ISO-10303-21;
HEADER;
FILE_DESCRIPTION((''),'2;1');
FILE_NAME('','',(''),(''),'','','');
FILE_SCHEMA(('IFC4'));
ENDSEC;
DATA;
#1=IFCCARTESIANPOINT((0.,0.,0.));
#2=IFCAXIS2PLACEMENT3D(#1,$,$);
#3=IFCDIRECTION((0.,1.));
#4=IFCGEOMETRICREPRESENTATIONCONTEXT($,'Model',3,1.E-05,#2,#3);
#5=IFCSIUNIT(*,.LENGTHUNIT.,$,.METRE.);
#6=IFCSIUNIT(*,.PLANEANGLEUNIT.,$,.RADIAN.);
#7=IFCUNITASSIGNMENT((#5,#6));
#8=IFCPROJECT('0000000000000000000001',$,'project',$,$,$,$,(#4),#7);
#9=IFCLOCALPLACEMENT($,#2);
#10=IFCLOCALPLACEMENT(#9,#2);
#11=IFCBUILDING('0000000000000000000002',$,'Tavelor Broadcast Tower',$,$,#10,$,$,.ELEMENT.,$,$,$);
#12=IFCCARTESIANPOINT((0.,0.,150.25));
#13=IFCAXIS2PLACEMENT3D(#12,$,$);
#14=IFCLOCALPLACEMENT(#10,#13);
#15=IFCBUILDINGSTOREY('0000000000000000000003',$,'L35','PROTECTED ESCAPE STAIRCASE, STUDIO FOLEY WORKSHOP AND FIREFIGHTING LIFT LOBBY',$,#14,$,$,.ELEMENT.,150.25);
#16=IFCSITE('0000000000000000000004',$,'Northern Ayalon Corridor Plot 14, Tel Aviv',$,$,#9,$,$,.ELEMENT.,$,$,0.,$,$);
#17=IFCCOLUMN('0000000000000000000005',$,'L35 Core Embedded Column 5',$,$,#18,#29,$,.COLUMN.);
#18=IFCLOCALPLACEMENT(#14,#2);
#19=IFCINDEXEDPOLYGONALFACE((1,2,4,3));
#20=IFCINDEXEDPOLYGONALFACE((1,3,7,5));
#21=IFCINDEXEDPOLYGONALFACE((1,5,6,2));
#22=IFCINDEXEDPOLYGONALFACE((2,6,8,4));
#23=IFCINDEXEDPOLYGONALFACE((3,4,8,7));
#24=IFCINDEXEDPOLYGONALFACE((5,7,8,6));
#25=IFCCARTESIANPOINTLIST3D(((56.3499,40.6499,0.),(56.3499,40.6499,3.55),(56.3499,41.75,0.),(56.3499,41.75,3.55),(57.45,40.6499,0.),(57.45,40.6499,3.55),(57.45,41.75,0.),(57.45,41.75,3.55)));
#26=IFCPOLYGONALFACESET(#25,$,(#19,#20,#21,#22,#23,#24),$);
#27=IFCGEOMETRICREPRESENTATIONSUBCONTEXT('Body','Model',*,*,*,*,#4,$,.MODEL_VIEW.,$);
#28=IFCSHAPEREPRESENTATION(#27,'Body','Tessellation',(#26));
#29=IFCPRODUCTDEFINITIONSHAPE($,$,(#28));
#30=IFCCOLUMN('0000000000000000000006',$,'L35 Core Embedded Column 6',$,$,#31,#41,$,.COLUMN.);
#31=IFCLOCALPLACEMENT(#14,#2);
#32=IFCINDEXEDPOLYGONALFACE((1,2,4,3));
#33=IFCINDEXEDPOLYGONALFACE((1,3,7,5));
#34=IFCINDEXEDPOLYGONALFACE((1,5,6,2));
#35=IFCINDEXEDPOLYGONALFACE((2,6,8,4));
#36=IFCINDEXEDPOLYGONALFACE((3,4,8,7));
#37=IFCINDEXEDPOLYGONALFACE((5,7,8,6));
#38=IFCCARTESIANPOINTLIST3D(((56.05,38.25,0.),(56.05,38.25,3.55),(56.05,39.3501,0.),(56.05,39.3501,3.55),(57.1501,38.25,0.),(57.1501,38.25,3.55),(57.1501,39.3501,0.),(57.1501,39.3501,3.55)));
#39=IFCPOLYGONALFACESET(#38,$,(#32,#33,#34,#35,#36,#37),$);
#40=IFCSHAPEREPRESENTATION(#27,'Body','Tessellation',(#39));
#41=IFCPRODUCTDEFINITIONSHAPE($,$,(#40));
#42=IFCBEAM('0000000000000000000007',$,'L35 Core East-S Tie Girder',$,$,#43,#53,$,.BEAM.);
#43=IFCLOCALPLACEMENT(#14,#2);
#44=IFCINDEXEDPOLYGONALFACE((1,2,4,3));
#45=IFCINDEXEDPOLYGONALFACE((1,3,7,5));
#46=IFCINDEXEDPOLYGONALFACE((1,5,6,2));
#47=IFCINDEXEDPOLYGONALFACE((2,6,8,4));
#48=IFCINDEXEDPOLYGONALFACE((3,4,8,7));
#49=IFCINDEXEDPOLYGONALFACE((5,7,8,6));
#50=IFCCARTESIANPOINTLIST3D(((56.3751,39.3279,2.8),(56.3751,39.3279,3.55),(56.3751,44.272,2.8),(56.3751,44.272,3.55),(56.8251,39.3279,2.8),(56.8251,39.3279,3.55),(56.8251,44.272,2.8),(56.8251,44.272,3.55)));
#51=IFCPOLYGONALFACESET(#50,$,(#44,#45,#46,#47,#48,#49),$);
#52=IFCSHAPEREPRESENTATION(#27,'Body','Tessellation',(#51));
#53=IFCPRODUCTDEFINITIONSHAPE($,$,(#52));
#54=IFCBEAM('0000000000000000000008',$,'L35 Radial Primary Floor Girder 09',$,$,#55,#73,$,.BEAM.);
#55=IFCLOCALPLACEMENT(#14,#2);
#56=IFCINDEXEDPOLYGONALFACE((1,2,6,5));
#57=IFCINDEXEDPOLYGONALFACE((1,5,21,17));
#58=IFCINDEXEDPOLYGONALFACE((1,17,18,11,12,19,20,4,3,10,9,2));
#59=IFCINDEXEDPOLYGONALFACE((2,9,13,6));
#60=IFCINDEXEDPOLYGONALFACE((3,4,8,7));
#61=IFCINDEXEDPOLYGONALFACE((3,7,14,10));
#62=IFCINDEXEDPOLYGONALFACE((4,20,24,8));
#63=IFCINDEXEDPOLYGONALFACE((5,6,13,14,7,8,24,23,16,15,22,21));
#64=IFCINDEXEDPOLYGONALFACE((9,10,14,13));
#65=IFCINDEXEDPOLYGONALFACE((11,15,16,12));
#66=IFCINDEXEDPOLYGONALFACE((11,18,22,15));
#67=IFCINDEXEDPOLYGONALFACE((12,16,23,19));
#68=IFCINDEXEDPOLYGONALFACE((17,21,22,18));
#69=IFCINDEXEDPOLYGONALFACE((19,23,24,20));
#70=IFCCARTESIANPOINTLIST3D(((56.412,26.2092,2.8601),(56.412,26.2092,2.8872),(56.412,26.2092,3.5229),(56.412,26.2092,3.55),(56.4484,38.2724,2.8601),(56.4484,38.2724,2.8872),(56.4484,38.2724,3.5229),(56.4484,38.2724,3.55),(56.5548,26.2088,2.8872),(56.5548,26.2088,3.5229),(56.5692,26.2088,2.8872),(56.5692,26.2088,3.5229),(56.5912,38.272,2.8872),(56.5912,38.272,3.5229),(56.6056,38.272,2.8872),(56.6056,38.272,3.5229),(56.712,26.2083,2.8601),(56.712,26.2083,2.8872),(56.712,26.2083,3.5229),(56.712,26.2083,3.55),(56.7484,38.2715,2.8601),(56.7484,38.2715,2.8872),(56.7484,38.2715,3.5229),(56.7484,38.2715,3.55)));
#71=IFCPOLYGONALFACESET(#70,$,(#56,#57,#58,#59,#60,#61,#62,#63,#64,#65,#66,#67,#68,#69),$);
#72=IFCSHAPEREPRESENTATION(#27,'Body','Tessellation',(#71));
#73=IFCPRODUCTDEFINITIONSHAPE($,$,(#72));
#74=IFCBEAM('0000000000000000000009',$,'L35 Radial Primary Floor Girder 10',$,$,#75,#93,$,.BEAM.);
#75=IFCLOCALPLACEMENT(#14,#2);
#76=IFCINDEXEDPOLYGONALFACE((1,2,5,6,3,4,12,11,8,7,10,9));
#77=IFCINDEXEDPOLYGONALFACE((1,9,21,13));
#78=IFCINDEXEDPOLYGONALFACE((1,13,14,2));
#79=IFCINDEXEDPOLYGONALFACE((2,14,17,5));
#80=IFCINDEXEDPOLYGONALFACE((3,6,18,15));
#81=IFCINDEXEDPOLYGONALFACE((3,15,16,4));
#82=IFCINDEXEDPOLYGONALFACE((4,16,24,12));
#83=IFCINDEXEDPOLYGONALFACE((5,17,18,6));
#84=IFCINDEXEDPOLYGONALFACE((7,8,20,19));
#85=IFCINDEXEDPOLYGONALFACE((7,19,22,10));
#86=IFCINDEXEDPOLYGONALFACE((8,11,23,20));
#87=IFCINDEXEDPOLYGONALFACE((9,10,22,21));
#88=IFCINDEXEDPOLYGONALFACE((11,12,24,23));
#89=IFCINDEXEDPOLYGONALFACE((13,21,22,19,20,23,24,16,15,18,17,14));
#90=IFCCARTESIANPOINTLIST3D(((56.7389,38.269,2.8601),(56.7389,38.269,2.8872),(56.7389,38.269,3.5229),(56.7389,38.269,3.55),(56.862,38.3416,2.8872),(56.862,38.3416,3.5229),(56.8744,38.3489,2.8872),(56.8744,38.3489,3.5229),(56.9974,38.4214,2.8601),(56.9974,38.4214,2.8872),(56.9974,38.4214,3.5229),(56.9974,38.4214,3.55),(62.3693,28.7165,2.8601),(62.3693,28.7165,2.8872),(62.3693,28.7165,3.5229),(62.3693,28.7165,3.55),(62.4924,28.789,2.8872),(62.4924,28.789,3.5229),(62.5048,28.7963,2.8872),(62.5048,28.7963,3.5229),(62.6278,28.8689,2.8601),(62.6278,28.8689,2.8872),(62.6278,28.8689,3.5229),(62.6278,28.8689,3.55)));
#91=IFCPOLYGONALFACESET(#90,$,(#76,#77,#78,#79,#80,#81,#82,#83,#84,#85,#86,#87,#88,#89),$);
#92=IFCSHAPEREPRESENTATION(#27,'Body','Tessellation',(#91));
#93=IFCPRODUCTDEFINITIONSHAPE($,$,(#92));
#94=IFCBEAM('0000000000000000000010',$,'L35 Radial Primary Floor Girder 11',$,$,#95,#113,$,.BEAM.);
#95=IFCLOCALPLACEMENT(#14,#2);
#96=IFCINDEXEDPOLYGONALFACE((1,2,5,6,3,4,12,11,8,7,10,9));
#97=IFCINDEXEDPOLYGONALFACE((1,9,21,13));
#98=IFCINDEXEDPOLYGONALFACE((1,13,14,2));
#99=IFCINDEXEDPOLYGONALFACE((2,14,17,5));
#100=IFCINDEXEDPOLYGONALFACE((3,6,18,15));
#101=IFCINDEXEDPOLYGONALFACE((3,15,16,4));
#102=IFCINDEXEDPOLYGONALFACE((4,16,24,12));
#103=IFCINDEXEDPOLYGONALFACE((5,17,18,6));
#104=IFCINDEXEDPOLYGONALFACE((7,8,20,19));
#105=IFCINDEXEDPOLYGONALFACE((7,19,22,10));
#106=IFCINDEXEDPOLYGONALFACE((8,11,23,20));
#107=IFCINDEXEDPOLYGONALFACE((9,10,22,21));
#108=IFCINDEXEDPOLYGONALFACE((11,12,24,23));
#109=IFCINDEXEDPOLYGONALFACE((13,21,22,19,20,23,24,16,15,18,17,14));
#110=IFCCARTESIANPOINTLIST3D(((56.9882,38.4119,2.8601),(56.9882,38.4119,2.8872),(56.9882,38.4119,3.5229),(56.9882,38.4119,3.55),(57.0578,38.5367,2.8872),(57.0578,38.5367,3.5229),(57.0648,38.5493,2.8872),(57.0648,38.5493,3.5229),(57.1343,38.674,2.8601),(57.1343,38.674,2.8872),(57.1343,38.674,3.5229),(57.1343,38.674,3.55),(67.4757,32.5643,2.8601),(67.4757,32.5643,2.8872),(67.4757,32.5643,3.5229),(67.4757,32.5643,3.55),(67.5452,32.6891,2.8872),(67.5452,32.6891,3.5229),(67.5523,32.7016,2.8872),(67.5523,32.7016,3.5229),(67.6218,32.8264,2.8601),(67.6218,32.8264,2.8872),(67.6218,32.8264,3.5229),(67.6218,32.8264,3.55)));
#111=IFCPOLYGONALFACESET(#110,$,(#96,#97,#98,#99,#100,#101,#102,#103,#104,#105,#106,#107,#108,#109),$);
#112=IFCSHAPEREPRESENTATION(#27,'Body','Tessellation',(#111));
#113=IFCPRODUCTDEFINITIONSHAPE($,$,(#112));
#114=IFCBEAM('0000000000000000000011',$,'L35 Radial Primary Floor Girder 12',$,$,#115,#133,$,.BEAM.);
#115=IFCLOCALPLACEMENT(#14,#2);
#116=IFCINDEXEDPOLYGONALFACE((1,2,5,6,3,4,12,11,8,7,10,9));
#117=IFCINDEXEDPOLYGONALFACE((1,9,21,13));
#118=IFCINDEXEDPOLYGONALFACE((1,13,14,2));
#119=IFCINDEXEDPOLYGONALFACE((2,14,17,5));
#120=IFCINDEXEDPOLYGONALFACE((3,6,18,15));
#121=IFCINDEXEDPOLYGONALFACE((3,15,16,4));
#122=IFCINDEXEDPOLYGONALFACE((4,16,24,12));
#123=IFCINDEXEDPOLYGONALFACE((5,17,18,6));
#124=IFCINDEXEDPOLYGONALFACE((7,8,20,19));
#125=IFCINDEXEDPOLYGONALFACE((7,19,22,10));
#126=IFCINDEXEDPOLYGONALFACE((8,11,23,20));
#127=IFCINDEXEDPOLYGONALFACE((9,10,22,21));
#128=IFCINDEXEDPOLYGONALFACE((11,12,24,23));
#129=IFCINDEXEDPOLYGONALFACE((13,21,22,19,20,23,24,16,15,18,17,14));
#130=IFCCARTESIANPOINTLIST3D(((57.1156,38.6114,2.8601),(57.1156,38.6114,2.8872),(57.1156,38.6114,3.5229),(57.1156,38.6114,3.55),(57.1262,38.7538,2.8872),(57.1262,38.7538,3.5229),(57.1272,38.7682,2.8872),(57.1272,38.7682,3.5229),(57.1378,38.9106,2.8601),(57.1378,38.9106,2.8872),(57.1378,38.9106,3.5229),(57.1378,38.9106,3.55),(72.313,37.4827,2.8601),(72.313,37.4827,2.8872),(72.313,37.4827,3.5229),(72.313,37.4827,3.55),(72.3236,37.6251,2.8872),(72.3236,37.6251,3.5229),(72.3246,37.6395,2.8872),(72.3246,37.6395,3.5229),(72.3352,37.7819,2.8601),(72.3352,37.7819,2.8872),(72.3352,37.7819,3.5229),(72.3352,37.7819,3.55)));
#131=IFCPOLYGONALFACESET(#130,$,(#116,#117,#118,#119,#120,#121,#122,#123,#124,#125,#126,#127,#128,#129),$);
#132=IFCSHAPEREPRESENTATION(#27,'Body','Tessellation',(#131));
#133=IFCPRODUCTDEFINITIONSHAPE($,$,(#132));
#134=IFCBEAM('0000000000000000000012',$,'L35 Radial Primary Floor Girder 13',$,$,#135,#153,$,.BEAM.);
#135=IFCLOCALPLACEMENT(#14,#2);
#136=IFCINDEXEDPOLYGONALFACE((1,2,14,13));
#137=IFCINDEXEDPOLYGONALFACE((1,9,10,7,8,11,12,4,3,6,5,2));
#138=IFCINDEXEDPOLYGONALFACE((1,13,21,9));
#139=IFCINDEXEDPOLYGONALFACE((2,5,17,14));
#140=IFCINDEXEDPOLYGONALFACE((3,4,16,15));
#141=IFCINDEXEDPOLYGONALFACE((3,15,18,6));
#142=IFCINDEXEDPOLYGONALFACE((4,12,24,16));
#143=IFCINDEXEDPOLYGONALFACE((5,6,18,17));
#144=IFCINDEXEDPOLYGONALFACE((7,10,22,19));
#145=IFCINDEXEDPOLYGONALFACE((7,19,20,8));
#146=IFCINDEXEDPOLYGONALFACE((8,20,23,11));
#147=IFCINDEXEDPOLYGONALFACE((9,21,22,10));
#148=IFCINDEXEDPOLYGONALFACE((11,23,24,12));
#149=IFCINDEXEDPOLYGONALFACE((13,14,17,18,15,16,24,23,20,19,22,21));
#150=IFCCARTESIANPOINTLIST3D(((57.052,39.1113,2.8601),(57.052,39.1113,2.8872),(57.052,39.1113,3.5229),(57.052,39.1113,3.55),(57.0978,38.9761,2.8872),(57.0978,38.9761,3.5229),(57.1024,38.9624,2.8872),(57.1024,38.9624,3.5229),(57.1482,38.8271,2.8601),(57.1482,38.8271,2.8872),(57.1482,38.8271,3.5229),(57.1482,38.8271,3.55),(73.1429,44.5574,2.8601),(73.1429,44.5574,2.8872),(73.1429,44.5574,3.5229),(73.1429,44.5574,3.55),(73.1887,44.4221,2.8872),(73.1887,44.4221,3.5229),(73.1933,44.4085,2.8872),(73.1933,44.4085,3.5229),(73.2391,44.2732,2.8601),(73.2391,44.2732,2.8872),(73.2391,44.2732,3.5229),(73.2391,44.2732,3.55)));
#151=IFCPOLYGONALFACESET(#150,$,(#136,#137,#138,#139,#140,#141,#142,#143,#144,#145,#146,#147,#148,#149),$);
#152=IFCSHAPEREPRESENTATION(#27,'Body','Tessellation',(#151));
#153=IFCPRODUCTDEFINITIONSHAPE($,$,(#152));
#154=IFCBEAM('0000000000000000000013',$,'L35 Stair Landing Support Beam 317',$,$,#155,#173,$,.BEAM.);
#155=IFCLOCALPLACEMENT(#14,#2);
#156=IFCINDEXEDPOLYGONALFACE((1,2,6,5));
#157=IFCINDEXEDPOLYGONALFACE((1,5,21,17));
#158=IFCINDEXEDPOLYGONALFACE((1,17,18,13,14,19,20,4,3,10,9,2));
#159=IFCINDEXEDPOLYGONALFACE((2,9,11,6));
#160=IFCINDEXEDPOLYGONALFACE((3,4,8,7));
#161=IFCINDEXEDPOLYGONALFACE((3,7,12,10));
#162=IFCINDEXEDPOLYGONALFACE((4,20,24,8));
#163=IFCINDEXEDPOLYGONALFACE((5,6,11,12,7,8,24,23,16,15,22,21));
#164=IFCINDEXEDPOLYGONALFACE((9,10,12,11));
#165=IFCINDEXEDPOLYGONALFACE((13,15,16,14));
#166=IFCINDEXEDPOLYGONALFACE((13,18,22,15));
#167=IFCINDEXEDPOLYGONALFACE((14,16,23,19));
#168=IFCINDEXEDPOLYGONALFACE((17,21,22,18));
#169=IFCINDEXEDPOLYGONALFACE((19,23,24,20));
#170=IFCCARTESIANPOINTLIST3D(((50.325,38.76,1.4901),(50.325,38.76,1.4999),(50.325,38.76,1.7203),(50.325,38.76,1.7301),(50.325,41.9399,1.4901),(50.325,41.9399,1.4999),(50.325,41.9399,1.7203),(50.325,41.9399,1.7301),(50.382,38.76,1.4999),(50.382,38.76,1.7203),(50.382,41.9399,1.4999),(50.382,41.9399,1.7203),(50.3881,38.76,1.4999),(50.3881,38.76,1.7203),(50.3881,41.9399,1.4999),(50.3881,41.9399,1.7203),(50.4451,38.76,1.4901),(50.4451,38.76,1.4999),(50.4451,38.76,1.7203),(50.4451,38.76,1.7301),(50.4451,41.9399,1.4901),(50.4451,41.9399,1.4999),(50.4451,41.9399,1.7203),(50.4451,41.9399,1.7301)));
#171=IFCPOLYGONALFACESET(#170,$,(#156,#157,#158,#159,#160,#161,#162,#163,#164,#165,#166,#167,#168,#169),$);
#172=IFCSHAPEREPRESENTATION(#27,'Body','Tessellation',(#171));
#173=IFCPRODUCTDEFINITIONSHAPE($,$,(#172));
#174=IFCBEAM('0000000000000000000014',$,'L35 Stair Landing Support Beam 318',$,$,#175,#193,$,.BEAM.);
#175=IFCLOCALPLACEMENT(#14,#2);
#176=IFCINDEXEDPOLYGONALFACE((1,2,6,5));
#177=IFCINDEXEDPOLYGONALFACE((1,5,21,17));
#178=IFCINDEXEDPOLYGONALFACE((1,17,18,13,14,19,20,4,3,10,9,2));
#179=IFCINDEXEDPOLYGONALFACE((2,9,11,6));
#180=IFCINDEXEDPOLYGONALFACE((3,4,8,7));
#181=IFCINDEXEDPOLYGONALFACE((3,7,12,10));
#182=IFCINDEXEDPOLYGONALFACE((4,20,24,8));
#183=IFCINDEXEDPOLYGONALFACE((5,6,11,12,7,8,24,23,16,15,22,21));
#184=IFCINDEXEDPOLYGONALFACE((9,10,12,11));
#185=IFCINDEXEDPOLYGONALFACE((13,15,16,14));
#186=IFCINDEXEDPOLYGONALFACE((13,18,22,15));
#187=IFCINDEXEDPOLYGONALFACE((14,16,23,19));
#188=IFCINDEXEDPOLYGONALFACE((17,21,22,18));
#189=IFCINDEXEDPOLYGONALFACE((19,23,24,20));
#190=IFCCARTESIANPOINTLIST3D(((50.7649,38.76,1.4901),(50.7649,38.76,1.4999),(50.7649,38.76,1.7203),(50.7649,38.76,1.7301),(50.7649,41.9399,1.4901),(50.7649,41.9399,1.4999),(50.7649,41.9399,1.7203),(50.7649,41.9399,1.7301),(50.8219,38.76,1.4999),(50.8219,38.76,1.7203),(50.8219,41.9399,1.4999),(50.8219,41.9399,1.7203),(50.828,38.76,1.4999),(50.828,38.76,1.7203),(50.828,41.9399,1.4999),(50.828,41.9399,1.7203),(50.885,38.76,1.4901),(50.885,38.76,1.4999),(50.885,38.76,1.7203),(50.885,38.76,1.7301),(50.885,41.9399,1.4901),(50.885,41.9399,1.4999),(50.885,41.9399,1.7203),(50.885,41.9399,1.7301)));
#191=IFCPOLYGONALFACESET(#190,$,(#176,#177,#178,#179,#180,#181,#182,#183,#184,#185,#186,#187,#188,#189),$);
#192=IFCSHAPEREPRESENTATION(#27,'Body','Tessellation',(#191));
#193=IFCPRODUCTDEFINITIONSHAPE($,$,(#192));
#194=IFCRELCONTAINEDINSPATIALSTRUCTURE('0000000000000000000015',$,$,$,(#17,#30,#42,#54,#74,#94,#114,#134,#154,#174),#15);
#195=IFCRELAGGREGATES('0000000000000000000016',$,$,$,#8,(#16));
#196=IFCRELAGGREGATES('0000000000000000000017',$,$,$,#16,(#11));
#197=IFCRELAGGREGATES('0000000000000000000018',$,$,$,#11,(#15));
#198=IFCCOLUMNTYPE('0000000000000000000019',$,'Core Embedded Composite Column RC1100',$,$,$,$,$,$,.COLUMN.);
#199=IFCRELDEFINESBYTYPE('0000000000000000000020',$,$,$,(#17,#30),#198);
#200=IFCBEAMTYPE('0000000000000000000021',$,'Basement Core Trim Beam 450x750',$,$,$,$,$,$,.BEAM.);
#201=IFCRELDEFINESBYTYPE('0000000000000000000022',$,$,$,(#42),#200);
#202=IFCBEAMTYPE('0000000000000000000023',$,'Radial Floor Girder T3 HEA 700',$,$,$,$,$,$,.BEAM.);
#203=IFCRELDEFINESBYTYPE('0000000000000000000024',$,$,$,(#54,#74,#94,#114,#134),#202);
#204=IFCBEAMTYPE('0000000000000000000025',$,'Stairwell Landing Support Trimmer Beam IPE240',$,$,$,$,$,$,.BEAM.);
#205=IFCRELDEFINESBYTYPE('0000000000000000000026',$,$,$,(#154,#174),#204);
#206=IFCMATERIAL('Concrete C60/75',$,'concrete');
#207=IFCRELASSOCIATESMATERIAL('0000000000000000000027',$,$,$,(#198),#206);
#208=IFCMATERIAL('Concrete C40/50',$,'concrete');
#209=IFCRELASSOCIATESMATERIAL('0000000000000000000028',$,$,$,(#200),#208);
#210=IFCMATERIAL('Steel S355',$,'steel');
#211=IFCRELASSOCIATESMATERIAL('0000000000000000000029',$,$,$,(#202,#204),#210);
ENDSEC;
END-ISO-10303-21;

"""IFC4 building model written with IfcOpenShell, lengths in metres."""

from ifc_helpers import new_model, si_unit, direction, frame, origin, origin_2d, place, context, subcontext, project, spatial, rectangle, i_section, extrude, material, material_profile, profile_set, type_object, element, save


model = new_model("IFC4")

# Units and contexts
model_context = context("Model", 3, precision=1e-05, world=origin(), true_north=direction((0.0, 1.0)))
body_context = subcontext(model_context, "Body", "Model", "MODEL_VIEW")
ifc_project = project(units=[si_unit("LENGTHUNIT", "METRE"), si_unit("PLANEANGLEUNIT", "RADIAN")], contexts=[model_context])

# Site, building, storey
site_placement = place(None, origin())
site = spatial("IfcSite", under=ifc_project, at=site_placement, Name="Northern Ayalon Corridor Plot 14, Tel Aviv", CompositionType="ELEMENT", RefElevation=0.0)
building_placement = place(site_placement, origin())
building = spatial("IfcBuilding", under=site, at=building_placement, Name="Tavelor Broadcast Tower", CompositionType="ELEMENT")
storey_placement = place(building_placement, frame((0.0, 0.0, 150.25)))
storey = spatial("IfcBuildingStorey", under=building, at=storey_placement, Name="L35", Description="PROTECTED ESCAPE STAIRCASE, STUDIO FOLEY WORKSHOP AND FIREFIGHTING LIFT LOBBY", CompositionType="ELEMENT", Elevation=150.25)

# Columns
ifc_material_1 = material(Name="Concrete C60/75", Category="concrete")
ifc_material_profile_1 = material_profile(ifc_material_1, rectangle(XDim=1.1001, YDim=1.1001, at=origin_2d()), Name="RC 1100x1100")
ifc_profile_set_1 = profile_set([ifc_material_profile_1], Name="Concrete C60/75")
column_type = type_object("IfcColumnType", Name="Core Embedded Composite Column RC1100", PredefinedType="COLUMN", material=ifc_profile_set_1)
for number, where, z_axis, x_axis, name in (
    (1, (56.8999, 41.2, 0.0), (0.0, 0.0, 1.0), (1.0, 0.0, 0.0), "L35 Core Embedded Column 5"),
    (2, (56.6001, 38.8, 0.0), (0.0, 0.0, 1.0), (1.0, 0.0, 0.0), "L35 Core Embedded Column 6"),
):
    element("IfcColumn", number, at=place(storey_placement, frame(where, z_axis=z_axis, x_axis=x_axis)), inside=storey, type_object=column_type, Name=name, PredefinedType="COLUMN", context=body_context, shape_type="SweptSolid", body=[
        extrude(rectangle(XDim=1.1001, YDim=1.1001, at=origin_2d()), origin(), (0.0, 0.0, 1.0), 3.55),
    ])

# Beams
ifc_material_2 = material(Name="Concrete C40/50", Category="concrete")
ifc_material_profile_2 = material_profile(ifc_material_2, rectangle(XDim=0.45, YDim=0.75, at=origin_2d()), Name="RC 450x750")
ifc_profile_set_2 = profile_set([ifc_material_profile_2], Name="Concrete C40/50")
beam_type_1 = type_object("IfcBeamType", Name="Basement Core Trim Beam 450x750", PredefinedType="BEAM", material=ifc_profile_set_2)
beam_1_placement = place(storey_placement, frame((56.6001, 39.3279, 3.175), z_axis=(0.0, 1.0, 0.0), x_axis=(-1.0, 0.0, 0.0)))
element("IfcBeam", 3, at=beam_1_placement, inside=storey, type_object=beam_type_1, Name="L35 Core East-S Tie Girder", PredefinedType="BEAM", context=body_context, shape_type="SweptSolid", body=[
    extrude(rectangle(XDim=0.45, YDim=0.75, at=origin_2d()), origin(), (0.0, 0.0, 1.0), 4.9441),
])
ifc_material_3 = material(Name="Steel S355", Category="steel")
ifc_material_profile_3 = material_profile(ifc_material_3, i_section(OverallWidth=0.3, OverallDepth=0.6899, WebThickness=0.0144, FlangeThickness=0.0271, at=origin_2d()), Name="HEA 700")
ifc_profile_set_3 = profile_set([ifc_material_profile_3], Name="Steel S355")
beam_type_2 = type_object("IfcBeamType", Name="Radial Floor Girder T3 HEA 700", PredefinedType="BEAM", material=ifc_profile_set_3)
beam_2_placement = place(storey_placement, frame((56.5984, 38.272, 3.2051), z_axis=(-0.003016, -0.999995, 0.0), x_axis=(0.999995, -0.003016, 0.0)))
element("IfcBeam", 4, at=beam_2_placement, inside=storey, type_object=beam_type_2, Name="L35 Radial Primary Floor Girder 09", PredefinedType="BEAM", context=body_context, shape_type="SweptSolid", body=[
    extrude(i_section(OverallWidth=0.3, OverallDepth=0.6899, WebThickness=0.0144, FlangeThickness=0.0271, at=origin_2d()), origin(), (0.0, 0.0, 1.0), 12.0632),
])
beam_3_placement = place(storey_placement, frame((56.8682, 38.3452, 3.2051), z_axis=(0.507774, -0.86149, 0.0), x_axis=(0.86149, 0.507774, 0.0)))
element("IfcBeam", 5, at=beam_3_placement, inside=storey, type_object=beam_type_2, Name="L35 Radial Primary Floor Girder 10", PredefinedType="BEAM", context=body_context, shape_type="SweptSolid", body=[
    extrude(i_section(OverallWidth=0.3, OverallDepth=0.6899, WebThickness=0.0144, FlangeThickness=0.0271, at=origin_2d()), origin(), (0.0, 0.0, 1.0), 11.0884),
])
beam_4_placement = place(storey_placement, frame((57.0613, 38.543, 3.2051), z_axis=(0.873405, -0.486994, 0.0), x_axis=(0.486994, 0.873405, 0.0)))
element("IfcBeam", 6, at=beam_4_placement, inside=storey, type_object=beam_type_2, Name="L35 Radial Primary Floor Girder 11", PredefinedType="BEAM", context=body_context, shape_type="SweptSolid", body=[
    extrude(i_section(OverallWidth=0.3, OverallDepth=0.6899, WebThickness=0.0144, FlangeThickness=0.0271, at=origin_2d()), origin(), (0.0, 0.0, 1.0), 12.0076),
])
beam_5_placement = place(storey_placement, frame((57.1267, 38.761, 3.2051), z_axis=(0.997254, -0.074062, 0.0), x_axis=(0.074062, 0.997254, 0.0)))
element("IfcBeam", 7, at=beam_5_placement, inside=storey, type_object=beam_type_2, Name="L35 Radial Primary Floor Girder 12", PredefinedType="BEAM", context=body_context, shape_type="SweptSolid", body=[
    extrude(i_section(OverallWidth=0.3, OverallDepth=0.6899, WebThickness=0.0144, FlangeThickness=0.0271, at=origin_2d()), origin(), (0.0, 0.0, 1.0), 15.2393),
])
beam_6_placement = place(storey_placement, frame((57.1001, 38.9692, 3.2051), z_axis=(0.947217, 0.320592, 0.0), x_axis=(-0.320592, 0.947217, 0.0)))
element("IfcBeam", 8, at=beam_6_placement, inside=storey, type_object=beam_type_2, Name="L35 Radial Primary Floor Girder 13", PredefinedType="BEAM", context=body_context, shape_type="SweptSolid", body=[
    extrude(i_section(OverallWidth=0.3, OverallDepth=0.6899, WebThickness=0.0144, FlangeThickness=0.0271, at=origin_2d()), origin(), (0.0, 0.0, 1.0), 16.9875),
])
ifc_material_profile_4 = material_profile(ifc_material_3, i_section(OverallWidth=0.1201, OverallDepth=0.24, WebThickness=0.0061, FlangeThickness=0.0098, at=origin_2d()), Name="IPE 240")
ifc_profile_set_4 = profile_set([ifc_material_profile_4], Name="Steel S355")
beam_type_3 = type_object("IfcBeamType", Name="Stairwell Landing Support Trimmer Beam IPE240", PredefinedType="BEAM", material=ifc_profile_set_4)
for number, where, z_axis, x_axis, name in (
    (9, (50.385, 38.76, 1.6101), (0.0, 1.0, 0.0), (-1.0, 0.0, 0.0), "L35 Stair Landing Support Beam 317"),
    (10, (50.825, 38.76, 1.6101), (0.0, 1.0, 0.0), (-1.0, 0.0, 0.0), "L35 Stair Landing Support Beam 318"),
):
    element("IfcBeam", number, at=place(storey_placement, frame(where, z_axis=z_axis, x_axis=x_axis)), inside=storey, type_object=beam_type_3, Name=name, PredefinedType="BEAM", context=body_context, shape_type="SweptSolid", body=[
        extrude(i_section(OverallWidth=0.1201, OverallDepth=0.24, WebThickness=0.0061, FlangeThickness=0.0098, at=origin_2d()), origin(), (0.0, 0.0, 1.0), 3.1799),
    ])

save(model, "model.ifc")
